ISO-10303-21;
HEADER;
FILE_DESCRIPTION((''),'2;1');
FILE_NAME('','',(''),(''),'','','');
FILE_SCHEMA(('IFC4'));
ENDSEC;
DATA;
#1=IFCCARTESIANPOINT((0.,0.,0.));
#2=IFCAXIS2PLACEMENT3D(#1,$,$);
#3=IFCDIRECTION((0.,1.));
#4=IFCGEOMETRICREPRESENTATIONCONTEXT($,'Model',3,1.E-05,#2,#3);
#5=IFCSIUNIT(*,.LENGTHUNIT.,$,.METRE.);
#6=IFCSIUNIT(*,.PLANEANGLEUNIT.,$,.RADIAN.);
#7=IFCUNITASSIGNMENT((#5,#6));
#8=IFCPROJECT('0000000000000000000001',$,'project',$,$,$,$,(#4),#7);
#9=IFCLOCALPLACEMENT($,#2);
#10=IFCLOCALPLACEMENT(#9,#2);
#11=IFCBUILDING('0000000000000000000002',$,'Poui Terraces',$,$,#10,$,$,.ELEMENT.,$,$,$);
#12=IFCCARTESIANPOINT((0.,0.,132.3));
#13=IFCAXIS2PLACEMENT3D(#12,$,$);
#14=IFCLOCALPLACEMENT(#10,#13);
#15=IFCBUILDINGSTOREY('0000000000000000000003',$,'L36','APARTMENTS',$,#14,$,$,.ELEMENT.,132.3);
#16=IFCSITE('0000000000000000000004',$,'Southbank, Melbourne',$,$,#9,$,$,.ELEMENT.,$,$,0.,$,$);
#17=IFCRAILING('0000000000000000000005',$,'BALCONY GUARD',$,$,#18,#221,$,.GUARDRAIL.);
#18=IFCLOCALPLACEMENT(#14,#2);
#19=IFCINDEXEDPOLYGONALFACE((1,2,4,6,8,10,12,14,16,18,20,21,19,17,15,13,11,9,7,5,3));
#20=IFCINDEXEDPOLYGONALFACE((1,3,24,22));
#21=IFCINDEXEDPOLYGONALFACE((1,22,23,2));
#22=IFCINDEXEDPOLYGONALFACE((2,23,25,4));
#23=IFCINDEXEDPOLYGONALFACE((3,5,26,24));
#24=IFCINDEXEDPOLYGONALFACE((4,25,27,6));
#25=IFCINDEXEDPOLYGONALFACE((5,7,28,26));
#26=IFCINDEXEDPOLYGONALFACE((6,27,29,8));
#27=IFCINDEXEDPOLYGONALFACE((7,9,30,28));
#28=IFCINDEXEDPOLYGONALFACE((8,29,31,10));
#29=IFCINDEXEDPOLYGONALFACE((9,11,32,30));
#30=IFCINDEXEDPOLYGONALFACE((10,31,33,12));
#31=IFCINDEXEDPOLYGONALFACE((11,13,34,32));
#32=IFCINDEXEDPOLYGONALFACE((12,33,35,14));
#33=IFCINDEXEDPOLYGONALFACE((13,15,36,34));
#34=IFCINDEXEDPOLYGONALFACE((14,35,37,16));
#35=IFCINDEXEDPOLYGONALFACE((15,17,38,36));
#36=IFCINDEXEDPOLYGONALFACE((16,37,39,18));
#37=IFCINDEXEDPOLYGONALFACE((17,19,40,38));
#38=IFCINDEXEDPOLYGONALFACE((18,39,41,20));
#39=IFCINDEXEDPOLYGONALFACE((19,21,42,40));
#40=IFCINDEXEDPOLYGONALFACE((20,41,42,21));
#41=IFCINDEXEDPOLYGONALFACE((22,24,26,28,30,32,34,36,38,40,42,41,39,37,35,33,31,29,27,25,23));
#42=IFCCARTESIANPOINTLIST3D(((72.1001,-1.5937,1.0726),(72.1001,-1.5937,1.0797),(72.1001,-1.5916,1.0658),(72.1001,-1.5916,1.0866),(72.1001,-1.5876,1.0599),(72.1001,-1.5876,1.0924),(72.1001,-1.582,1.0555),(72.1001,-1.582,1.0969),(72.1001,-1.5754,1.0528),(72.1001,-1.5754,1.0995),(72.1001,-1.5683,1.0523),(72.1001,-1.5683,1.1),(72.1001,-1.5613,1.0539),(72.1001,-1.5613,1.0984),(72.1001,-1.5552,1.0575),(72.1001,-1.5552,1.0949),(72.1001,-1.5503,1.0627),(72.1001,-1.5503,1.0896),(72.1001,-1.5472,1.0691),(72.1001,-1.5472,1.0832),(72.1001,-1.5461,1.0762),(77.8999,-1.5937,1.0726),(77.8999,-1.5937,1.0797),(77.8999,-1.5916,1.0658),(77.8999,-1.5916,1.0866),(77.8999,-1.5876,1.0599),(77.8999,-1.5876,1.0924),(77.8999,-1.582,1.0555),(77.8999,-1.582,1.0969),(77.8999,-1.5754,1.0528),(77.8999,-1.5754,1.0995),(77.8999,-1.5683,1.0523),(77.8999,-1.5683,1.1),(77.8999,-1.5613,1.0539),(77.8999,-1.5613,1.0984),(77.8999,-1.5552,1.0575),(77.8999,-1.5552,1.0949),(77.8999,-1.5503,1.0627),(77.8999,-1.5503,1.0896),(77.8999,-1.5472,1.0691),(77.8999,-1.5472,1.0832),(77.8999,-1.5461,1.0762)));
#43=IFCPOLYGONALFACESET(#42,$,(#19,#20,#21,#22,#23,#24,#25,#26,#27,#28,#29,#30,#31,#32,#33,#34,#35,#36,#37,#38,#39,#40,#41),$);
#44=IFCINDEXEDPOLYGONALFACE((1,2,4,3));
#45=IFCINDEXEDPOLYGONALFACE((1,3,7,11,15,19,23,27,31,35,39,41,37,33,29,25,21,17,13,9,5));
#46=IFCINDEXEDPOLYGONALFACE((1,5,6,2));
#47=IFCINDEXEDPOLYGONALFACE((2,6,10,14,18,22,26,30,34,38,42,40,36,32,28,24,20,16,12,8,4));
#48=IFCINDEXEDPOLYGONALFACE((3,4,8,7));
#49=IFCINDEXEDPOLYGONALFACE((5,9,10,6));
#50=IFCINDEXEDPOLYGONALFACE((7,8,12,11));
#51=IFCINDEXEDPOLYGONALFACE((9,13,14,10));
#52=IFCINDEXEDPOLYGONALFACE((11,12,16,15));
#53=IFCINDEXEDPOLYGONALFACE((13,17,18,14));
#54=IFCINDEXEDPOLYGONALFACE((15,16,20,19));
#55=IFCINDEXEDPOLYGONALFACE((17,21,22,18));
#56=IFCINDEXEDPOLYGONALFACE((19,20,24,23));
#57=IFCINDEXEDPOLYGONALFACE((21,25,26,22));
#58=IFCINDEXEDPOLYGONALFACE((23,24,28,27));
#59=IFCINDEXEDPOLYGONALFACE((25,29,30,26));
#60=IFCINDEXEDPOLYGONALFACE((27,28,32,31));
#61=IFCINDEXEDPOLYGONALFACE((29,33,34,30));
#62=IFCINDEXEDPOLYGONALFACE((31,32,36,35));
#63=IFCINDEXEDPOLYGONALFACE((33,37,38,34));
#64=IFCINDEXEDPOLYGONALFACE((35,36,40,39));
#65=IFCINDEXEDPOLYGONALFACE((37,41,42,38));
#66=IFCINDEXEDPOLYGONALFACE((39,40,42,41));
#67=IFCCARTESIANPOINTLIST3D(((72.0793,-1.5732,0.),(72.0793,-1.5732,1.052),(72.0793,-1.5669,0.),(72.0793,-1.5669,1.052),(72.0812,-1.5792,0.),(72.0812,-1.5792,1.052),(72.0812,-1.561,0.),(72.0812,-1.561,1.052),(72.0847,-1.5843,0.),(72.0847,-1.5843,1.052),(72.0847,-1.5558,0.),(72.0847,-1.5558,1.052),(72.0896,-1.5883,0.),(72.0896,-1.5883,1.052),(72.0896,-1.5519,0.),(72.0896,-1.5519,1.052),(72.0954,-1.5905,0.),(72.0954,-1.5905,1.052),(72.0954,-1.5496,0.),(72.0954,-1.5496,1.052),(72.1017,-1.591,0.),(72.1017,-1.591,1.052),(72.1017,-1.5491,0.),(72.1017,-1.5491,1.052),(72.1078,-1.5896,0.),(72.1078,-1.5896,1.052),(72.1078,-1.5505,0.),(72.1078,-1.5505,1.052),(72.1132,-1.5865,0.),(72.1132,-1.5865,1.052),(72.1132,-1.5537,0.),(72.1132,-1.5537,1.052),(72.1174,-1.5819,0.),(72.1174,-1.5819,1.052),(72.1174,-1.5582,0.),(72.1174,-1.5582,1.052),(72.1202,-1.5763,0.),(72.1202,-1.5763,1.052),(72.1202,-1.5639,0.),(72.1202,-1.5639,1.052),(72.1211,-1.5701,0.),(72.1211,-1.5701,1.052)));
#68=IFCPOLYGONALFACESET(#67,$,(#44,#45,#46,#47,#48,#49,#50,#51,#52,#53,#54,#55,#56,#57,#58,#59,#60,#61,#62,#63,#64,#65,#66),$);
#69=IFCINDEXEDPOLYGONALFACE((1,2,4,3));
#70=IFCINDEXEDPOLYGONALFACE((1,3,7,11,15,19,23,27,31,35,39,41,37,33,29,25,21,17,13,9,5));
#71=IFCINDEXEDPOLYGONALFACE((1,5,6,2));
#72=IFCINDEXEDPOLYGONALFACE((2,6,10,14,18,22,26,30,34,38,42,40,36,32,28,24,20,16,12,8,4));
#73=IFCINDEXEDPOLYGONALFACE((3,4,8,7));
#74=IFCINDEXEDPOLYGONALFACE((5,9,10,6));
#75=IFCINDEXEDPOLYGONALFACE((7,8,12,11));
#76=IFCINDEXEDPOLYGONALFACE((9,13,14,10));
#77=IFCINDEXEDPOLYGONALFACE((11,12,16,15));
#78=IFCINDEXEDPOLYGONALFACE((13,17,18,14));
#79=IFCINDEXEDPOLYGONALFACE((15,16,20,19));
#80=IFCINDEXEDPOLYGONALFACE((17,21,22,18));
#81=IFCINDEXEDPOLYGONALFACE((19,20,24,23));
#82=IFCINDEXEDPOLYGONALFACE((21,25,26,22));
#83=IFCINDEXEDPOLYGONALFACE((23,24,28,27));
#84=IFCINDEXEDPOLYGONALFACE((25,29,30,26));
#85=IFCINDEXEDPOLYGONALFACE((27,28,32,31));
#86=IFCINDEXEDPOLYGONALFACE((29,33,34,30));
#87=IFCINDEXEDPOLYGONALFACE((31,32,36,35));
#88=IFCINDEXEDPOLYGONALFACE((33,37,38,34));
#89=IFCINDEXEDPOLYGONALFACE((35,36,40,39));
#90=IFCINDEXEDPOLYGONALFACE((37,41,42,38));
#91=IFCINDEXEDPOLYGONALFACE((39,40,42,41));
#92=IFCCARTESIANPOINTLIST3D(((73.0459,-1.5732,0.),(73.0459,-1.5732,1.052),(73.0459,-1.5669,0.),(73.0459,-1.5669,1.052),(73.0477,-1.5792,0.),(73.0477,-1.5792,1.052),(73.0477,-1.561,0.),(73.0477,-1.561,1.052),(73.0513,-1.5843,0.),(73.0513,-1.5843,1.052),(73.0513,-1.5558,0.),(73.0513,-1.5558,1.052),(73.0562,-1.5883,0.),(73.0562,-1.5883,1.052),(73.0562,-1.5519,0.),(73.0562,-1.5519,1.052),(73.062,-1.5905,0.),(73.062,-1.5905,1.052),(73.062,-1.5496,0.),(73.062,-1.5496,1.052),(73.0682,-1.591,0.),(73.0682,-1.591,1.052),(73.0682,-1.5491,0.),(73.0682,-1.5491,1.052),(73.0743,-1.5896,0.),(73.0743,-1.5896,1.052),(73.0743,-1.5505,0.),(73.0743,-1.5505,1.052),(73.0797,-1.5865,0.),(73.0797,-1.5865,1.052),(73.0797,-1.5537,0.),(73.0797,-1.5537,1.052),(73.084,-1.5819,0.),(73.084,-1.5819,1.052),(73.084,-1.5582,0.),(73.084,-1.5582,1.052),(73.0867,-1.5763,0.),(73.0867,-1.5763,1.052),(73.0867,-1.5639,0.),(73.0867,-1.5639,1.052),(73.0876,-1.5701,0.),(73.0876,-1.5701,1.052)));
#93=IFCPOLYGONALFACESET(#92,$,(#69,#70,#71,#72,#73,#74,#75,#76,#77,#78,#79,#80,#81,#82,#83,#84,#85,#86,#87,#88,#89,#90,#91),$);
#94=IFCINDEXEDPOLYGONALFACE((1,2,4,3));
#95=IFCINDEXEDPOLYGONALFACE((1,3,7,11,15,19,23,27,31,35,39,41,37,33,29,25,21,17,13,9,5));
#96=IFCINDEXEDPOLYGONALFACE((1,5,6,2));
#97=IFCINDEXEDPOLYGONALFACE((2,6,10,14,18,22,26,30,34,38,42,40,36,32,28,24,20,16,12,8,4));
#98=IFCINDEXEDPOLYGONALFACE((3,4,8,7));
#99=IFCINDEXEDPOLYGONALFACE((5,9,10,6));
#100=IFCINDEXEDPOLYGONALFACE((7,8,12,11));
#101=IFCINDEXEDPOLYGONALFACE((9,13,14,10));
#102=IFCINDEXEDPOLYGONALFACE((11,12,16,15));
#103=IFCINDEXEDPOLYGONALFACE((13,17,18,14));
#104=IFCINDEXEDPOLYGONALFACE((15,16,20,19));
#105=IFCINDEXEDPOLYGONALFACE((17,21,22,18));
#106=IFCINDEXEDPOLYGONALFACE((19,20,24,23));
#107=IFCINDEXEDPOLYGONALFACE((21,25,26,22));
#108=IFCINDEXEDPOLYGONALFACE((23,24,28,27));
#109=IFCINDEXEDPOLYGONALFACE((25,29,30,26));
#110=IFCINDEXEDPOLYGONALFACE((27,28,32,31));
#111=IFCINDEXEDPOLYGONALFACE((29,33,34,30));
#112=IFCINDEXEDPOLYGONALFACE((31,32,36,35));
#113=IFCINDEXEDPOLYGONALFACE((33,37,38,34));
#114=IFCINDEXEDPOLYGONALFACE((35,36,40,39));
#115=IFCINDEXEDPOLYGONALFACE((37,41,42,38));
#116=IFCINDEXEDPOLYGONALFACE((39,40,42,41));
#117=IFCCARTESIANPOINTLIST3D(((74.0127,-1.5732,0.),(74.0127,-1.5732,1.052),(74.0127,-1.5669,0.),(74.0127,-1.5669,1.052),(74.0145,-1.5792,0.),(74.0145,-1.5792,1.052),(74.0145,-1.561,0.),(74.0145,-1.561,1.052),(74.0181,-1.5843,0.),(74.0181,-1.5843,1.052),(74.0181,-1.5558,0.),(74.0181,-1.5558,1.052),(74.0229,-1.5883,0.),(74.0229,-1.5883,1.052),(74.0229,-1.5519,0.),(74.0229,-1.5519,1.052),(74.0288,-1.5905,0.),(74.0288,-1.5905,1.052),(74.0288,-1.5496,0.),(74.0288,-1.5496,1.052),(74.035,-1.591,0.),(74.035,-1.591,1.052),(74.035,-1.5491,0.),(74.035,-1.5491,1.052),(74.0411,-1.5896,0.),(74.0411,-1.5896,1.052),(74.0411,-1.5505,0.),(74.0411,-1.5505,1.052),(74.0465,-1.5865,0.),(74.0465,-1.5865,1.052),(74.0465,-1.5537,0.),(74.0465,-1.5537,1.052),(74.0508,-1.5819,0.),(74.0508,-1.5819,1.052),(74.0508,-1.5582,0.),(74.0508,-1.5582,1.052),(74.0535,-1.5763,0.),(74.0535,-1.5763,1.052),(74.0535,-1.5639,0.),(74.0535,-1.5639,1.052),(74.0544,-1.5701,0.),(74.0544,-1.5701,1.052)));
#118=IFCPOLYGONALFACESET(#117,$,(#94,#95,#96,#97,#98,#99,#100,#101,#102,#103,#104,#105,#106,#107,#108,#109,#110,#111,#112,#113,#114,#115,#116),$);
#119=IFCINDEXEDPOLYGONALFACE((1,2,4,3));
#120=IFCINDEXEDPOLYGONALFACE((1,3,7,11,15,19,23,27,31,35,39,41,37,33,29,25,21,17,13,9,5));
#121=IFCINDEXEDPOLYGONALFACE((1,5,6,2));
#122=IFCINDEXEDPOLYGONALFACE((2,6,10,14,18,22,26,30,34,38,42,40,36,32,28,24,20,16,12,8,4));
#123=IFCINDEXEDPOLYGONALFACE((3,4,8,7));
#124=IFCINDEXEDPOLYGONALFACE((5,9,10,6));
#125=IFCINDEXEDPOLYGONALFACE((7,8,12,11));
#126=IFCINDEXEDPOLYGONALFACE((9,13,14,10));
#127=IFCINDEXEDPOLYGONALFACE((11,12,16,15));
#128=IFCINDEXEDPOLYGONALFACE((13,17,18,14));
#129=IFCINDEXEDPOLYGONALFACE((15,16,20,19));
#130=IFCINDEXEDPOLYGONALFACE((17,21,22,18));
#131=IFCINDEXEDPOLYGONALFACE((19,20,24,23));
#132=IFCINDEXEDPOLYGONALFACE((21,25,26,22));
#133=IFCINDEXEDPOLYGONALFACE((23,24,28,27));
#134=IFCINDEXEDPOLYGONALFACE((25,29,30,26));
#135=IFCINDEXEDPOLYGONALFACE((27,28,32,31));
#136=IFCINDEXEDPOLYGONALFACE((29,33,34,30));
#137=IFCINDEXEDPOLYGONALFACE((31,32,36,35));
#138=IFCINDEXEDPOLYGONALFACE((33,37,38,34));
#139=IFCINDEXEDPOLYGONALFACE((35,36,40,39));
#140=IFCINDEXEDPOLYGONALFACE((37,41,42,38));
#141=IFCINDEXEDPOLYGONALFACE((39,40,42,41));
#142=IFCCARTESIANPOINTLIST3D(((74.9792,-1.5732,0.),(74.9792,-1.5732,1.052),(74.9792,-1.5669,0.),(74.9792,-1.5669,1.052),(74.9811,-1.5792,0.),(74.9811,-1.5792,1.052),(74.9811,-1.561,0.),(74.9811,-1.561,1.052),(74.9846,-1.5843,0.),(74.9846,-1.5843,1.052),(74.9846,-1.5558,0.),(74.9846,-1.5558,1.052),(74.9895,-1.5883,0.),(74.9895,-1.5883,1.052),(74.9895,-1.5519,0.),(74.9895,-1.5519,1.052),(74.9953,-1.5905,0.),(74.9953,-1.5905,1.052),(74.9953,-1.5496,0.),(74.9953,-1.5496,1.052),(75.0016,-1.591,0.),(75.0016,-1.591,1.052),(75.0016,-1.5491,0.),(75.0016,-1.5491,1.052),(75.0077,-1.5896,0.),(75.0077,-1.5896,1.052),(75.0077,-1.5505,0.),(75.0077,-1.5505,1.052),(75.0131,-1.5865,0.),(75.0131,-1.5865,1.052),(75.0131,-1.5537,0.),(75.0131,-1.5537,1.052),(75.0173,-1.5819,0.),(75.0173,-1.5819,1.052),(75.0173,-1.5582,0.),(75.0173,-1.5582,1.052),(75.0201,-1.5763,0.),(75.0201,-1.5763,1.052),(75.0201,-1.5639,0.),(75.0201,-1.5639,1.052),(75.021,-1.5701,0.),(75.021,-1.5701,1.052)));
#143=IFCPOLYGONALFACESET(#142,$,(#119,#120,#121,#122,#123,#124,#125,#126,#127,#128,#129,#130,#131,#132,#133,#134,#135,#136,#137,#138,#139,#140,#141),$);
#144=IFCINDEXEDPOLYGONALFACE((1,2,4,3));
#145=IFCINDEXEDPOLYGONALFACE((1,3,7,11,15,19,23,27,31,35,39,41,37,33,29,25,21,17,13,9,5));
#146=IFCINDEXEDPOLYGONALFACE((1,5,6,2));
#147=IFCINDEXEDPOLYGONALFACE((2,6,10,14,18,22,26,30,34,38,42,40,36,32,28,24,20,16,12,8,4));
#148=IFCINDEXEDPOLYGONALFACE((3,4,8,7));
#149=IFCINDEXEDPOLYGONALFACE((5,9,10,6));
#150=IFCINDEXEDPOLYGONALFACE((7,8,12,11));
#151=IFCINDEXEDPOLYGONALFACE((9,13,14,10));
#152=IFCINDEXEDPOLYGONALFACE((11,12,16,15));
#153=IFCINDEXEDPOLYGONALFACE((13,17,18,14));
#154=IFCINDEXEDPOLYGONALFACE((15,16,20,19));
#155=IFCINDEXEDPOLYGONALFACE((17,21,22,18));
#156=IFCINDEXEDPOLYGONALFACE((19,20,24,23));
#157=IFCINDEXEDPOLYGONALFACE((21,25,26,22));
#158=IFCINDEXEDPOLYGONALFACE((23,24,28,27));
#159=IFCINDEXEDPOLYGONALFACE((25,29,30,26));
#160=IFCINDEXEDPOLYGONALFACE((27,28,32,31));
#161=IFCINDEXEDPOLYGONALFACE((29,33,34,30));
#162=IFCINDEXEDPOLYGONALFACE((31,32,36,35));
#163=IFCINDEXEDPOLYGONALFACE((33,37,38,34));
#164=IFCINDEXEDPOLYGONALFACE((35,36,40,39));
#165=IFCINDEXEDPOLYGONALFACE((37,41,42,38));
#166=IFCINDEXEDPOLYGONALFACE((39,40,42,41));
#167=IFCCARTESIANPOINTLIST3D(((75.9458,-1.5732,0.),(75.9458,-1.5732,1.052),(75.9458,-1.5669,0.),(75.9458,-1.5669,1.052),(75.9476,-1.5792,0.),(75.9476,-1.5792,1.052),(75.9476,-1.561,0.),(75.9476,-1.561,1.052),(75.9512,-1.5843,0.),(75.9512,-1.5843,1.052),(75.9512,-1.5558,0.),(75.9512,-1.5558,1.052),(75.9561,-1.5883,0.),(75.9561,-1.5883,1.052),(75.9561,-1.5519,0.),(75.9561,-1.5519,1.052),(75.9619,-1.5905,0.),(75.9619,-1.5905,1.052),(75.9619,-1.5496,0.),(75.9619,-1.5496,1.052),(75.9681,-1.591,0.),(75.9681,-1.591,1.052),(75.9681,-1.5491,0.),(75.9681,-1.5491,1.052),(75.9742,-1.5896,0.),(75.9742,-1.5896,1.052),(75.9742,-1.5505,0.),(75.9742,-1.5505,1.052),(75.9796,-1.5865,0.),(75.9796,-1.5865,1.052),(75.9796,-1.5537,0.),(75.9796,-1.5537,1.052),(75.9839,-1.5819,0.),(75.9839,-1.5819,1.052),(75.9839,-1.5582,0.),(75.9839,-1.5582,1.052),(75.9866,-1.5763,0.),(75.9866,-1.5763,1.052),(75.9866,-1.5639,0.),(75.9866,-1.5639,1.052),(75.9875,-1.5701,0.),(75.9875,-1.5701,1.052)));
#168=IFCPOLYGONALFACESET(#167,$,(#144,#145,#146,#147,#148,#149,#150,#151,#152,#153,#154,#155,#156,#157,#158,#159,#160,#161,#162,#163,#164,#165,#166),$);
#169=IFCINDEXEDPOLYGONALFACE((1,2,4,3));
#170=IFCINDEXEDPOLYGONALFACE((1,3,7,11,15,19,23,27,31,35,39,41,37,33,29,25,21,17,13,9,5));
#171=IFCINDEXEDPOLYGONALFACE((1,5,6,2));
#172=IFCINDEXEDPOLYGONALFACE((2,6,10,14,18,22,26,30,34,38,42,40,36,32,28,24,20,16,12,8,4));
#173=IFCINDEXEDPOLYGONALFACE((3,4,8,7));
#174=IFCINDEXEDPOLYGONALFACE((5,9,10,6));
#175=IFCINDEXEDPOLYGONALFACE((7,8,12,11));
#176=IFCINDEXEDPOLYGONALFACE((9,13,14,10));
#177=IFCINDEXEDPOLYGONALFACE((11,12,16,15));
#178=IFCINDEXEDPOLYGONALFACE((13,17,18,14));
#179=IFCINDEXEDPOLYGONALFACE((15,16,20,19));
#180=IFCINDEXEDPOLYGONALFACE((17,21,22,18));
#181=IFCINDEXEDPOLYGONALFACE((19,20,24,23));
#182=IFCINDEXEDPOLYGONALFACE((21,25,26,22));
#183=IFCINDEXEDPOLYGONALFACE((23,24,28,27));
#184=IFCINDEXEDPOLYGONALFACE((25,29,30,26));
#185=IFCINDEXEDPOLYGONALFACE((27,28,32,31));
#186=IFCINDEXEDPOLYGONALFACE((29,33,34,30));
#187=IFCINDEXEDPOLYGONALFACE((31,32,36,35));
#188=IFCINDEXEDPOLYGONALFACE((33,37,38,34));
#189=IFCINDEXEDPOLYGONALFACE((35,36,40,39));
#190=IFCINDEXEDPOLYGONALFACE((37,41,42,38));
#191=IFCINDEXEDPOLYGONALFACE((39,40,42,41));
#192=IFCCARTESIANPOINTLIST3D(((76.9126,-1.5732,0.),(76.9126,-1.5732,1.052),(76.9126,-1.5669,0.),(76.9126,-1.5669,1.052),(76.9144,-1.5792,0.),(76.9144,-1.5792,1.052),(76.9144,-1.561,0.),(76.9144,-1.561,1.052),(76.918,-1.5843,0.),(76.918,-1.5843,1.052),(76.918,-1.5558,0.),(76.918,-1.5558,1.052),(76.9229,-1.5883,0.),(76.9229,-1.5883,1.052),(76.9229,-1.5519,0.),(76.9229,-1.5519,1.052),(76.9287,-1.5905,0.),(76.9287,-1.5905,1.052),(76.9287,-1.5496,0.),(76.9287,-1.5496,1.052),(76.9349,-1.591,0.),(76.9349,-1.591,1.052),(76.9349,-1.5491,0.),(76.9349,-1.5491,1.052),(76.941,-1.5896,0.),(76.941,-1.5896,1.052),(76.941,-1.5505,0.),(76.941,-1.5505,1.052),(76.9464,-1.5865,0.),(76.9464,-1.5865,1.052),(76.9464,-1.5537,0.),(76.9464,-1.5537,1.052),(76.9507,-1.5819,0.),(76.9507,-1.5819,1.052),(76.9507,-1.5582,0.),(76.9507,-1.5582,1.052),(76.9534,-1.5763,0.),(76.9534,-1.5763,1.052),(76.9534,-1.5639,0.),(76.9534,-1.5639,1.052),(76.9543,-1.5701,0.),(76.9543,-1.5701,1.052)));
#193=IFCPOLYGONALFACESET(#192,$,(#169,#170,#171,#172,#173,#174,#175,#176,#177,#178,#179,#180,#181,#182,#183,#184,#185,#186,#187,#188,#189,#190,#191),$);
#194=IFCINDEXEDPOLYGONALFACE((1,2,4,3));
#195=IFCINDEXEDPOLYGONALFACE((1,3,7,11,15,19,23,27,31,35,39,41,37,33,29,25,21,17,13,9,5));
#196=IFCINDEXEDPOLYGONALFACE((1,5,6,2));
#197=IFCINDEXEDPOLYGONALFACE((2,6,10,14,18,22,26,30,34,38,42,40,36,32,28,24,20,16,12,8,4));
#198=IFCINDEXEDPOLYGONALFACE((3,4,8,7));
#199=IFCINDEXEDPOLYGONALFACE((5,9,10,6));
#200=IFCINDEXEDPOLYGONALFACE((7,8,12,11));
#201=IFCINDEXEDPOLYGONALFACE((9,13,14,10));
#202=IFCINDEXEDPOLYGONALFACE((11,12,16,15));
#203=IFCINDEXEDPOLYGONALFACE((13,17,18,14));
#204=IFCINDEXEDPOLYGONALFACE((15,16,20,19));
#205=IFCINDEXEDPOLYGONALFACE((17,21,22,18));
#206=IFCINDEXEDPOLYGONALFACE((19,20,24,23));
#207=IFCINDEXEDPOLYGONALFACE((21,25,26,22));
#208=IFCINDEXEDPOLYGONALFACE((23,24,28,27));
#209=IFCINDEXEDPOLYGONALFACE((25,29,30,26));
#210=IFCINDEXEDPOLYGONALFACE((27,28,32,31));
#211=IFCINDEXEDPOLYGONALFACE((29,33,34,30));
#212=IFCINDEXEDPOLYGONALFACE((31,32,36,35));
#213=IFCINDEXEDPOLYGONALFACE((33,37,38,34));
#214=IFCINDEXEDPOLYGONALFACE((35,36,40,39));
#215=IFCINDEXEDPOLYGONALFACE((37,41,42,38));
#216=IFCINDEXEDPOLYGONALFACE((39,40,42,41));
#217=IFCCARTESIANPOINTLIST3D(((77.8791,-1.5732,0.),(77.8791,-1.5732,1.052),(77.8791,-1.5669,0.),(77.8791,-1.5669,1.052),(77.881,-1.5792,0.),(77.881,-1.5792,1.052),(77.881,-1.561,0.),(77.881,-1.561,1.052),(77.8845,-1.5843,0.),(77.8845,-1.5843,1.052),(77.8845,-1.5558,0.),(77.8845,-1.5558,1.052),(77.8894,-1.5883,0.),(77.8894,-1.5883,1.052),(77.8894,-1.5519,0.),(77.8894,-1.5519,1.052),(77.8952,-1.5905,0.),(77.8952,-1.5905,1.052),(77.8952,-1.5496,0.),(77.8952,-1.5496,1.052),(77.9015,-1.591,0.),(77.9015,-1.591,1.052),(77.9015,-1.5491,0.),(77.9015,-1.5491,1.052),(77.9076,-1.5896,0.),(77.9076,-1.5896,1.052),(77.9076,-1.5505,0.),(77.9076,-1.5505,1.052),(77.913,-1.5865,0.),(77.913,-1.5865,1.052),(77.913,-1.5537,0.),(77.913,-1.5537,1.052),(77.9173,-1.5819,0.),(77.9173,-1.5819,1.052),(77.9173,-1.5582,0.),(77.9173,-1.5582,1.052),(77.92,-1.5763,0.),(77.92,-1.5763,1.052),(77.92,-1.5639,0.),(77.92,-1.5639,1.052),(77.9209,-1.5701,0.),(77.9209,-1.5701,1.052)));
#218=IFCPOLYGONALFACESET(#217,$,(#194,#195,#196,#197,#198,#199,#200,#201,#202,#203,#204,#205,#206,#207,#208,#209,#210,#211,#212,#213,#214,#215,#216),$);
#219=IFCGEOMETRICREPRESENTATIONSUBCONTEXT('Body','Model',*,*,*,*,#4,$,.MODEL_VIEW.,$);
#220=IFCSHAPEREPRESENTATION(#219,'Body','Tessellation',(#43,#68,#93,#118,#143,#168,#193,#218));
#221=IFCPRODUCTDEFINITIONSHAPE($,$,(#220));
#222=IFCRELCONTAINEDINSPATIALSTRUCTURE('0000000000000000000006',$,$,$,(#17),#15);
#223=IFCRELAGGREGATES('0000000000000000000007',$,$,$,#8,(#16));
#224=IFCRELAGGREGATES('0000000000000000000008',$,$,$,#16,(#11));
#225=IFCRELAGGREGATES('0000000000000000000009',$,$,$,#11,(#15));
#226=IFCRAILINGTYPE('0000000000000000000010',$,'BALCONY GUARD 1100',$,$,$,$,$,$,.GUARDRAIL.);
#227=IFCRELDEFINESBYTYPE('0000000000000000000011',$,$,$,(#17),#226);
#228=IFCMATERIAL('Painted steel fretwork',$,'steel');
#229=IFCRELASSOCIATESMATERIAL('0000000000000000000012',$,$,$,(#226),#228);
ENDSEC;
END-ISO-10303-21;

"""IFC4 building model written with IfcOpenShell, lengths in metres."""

from ifc_helpers import new_model, si_unit, direction, frame, origin, origin_2d, place, context, subcontext, project, spatial, circle, extrude, material, type_object, element, save


model = new_model("IFC4")

# Units and contexts
model_context = context("Model", 3, precision=1e-05, world=origin(), true_north=direction((0.0, 1.0)))
body_context = subcontext(model_context, "Body", "Model", "MODEL_VIEW")
ifc_project = project(units=[si_unit("LENGTHUNIT", "METRE"), si_unit("PLANEANGLEUNIT", "RADIAN")], contexts=[model_context])

# Site, building, storey
site_placement = place(None, origin())
site = spatial("IfcSite", under=ifc_project, at=site_placement, Name="Southbank, Melbourne", CompositionType="ELEMENT", RefElevation=0.0)
building_placement = place(site_placement, origin())
building = spatial("IfcBuilding", under=site, at=building_placement, Name="Poui Terraces", CompositionType="ELEMENT")
storey_placement = place(building_placement, frame((0.0, 0.0, 132.3)))
storey = spatial("IfcBuildingStorey", under=building, at=storey_placement, Name="L36", Description="APARTMENTS", CompositionType="ELEMENT", Elevation=132.3)

# Railing
ifc_material_1 = material(Name="Painted steel fretwork", Category="steel")
railing_type_1 = type_object("IfcRailingType", Name="BALCONY GUARD 1100", PredefinedType="GUARDRAIL", material=ifc_material_1)
railing_1_placement = place(storey_placement, frame((72.1001, -1.5701, 0.0)))
element("IfcRailing", 1, at=railing_1_placement, inside=storey, type_object=railing_type_1, Name="BALCONY GUARD", PredefinedType="GUARDRAIL", context=body_context, shape_type="SweptSolid", body=[
    extrude(circle(Radius=0.0239, at=origin_2d()), frame((0.0, 0.0, 1.0762), z_axis=(1.0, 0.0, 0.0), x_axis=(0.0, 1.0, 0.0)), (0.0, 0.0, 1.0), 5.7998),
    extrude(circle(Radius=0.021, at=origin_2d()), origin(), (0.0, 0.0, 1.0), 1.052),
    extrude(circle(Radius=0.021, at=origin_2d()), frame((0.9666, 0.0, 0.0)), (0.0, 0.0, 1.0), 1.052),
    extrude(circle(Radius=0.021, at=origin_2d()), frame((1.9333, 0.0, 0.0)), (0.0, 0.0, 1.0), 1.052),
    extrude(circle(Radius=0.021, at=origin_2d()), frame((2.8999, 0.0, 0.0)), (0.0, 0.0, 1.0), 1.052),
    extrude(circle(Radius=0.021, at=origin_2d()), frame((3.8665, 0.0, 0.0)), (0.0, 0.0, 1.0), 1.052),
    extrude(circle(Radius=0.021, at=origin_2d()), frame((4.8333, 0.0, 0.0)), (0.0, 0.0, 1.0), 1.052),
    extrude(circle(Radius=0.021, at=origin_2d()), frame((5.7998, 0.0, 0.0)), (0.0, 0.0, 1.0), 1.052),
])

save(model, "model.ifc")
